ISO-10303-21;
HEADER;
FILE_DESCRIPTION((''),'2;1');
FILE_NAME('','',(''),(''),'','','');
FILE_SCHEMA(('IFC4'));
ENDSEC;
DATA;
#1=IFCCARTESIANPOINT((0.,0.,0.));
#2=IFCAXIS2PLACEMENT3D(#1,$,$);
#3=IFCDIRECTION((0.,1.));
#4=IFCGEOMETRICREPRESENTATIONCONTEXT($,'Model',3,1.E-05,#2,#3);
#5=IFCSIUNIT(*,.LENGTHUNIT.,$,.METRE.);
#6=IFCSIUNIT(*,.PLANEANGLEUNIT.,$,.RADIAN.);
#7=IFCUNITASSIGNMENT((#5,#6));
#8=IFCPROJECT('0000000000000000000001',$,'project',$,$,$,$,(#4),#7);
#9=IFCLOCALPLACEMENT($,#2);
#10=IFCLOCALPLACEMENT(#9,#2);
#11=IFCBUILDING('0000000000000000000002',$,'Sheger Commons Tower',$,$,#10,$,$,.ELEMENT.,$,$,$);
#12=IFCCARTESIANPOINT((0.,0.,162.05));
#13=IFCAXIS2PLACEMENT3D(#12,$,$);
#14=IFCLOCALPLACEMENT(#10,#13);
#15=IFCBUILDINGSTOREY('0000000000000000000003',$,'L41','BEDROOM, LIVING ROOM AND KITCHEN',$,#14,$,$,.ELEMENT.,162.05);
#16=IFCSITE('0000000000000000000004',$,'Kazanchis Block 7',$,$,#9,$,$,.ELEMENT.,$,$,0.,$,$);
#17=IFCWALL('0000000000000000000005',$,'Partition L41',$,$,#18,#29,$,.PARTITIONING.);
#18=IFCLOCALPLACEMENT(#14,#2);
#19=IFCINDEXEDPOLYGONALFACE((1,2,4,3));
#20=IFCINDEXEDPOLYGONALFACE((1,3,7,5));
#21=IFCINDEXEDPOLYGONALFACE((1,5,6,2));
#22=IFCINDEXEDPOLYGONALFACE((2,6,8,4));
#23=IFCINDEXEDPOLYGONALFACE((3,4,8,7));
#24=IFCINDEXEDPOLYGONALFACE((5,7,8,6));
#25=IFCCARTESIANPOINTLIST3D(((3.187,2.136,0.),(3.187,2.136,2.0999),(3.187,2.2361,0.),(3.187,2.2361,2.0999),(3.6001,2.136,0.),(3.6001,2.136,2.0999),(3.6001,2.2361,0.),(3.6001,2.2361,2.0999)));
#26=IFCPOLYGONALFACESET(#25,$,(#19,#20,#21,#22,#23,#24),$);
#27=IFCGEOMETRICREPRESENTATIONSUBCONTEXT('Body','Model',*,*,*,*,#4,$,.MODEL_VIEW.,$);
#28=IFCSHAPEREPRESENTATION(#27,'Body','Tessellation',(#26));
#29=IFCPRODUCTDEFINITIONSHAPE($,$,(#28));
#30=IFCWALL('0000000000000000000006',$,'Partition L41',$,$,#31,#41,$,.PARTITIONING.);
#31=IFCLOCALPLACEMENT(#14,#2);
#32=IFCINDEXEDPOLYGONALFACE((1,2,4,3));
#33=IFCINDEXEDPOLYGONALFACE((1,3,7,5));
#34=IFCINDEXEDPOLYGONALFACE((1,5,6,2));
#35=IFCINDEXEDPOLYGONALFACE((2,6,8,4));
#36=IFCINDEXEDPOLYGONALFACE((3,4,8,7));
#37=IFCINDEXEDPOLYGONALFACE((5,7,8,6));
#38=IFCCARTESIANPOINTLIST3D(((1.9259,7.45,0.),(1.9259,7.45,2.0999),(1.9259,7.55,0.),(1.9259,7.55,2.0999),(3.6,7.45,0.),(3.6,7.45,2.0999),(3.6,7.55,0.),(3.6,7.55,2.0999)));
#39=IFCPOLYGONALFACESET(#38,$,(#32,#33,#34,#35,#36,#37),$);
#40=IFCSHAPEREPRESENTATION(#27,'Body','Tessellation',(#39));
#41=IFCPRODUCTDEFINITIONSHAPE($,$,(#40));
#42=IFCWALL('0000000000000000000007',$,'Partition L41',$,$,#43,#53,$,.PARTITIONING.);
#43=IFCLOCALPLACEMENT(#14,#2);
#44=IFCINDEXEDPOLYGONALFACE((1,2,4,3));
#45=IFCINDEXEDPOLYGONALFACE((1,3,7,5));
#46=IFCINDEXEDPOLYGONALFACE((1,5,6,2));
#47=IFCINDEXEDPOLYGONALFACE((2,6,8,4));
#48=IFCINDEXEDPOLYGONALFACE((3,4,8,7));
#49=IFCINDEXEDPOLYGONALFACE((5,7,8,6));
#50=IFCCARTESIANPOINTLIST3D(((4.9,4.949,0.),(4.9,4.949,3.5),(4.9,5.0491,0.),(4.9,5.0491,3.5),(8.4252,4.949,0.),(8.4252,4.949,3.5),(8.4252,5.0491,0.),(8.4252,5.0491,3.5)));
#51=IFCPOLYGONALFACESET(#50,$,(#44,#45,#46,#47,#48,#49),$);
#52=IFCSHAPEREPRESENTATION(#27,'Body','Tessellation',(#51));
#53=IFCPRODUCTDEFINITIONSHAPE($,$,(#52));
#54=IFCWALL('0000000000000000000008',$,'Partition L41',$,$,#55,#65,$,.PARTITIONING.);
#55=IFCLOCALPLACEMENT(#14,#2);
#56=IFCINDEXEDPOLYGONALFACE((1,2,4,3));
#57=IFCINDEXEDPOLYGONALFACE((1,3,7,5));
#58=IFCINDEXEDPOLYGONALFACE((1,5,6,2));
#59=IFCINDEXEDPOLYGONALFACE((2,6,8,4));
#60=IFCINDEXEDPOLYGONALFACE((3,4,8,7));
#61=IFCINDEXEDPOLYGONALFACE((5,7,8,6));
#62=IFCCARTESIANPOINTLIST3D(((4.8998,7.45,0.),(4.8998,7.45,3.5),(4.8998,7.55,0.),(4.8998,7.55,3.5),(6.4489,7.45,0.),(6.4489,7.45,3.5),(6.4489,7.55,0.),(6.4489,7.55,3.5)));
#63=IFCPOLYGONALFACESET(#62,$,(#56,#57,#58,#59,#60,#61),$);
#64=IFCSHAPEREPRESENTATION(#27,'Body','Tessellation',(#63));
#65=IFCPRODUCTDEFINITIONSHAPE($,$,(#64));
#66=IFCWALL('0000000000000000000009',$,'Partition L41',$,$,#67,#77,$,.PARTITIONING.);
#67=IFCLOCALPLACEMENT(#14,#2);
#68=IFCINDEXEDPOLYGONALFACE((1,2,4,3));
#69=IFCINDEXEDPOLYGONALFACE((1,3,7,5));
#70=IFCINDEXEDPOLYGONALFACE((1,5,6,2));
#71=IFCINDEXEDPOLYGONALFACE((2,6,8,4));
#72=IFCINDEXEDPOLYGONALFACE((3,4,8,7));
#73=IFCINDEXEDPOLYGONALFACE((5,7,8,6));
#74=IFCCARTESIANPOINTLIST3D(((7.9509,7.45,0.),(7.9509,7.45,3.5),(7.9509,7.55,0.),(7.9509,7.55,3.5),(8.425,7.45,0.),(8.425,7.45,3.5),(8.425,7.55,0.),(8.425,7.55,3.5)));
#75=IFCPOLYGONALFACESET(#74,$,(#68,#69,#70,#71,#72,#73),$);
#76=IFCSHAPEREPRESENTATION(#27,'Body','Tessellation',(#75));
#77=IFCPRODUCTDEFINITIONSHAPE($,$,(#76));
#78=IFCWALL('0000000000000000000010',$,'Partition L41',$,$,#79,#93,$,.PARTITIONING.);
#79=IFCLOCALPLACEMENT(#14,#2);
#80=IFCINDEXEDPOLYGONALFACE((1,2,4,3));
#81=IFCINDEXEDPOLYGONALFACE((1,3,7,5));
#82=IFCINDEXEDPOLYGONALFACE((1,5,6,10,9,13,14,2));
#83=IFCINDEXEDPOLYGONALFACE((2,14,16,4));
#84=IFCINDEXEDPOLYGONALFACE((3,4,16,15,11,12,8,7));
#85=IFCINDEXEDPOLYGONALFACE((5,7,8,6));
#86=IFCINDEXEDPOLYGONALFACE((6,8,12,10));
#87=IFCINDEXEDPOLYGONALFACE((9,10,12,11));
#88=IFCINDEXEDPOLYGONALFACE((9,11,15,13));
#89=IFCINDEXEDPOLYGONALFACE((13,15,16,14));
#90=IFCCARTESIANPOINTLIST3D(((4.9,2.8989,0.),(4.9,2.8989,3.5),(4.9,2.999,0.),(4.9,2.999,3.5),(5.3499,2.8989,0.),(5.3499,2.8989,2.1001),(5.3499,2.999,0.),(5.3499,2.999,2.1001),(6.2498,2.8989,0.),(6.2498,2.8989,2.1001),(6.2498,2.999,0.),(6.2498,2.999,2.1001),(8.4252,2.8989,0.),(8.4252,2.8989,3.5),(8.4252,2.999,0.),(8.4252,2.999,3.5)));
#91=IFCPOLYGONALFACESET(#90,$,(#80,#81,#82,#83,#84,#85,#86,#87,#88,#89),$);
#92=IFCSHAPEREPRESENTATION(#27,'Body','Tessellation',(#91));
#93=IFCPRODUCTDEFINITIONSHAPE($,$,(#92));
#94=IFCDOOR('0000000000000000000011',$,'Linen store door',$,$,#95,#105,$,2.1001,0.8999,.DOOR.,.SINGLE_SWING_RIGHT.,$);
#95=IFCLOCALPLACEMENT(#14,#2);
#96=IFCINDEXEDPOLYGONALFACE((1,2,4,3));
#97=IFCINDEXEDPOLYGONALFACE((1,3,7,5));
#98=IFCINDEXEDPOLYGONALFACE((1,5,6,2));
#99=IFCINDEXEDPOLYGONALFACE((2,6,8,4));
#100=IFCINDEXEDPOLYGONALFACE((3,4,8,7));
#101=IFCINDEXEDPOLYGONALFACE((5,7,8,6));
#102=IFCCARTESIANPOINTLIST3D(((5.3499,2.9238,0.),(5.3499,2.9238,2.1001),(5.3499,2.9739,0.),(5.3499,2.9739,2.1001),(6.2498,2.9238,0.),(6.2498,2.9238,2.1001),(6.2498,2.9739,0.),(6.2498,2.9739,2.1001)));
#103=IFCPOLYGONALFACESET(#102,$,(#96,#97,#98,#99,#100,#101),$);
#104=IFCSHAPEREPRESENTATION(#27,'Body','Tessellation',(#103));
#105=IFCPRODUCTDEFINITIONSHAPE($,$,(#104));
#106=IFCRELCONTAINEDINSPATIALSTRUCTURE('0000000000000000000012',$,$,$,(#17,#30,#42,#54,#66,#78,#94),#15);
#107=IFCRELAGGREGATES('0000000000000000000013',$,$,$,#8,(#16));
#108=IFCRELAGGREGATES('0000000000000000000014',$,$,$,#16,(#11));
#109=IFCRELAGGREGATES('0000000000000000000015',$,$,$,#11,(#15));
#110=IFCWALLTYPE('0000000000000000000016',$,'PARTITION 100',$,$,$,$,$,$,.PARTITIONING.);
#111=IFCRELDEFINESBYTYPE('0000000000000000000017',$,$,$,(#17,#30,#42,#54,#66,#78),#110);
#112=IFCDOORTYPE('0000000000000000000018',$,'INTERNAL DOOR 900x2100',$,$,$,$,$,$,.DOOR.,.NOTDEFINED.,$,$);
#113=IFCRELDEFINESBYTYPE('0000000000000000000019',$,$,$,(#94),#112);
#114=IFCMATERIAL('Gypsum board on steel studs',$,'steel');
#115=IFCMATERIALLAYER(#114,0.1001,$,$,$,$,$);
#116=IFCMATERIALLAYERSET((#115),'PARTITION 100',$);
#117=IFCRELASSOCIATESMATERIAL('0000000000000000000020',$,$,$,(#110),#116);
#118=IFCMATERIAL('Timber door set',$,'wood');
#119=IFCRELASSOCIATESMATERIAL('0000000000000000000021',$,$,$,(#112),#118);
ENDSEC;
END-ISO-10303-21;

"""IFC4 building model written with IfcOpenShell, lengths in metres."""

from ifc_helpers import new_model, si_unit, direction, frame, frame_2d, origin, place, context, subcontext, project, spatial, rectangle, extrude, material, layer, layer_set, type_object, element, fill, save


model = new_model("IFC4")

# Units and contexts
model_context = context("Model", 3, precision=1e-05, world=origin(), true_north=direction((0.0, 1.0)))
body_context = subcontext(model_context, "Body", "Model", "MODEL_VIEW")
ifc_project = project(units=[si_unit("LENGTHUNIT", "METRE"), si_unit("PLANEANGLEUNIT", "RADIAN")], contexts=[model_context])

# Site, building, storey
site_placement = place(None, origin())
site = spatial("IfcSite", under=ifc_project, at=site_placement, Name="Kazanchis Block 7", CompositionType="ELEMENT", RefElevation=0.0)
building_placement = place(site_placement, origin())
building = spatial("IfcBuilding", under=site, at=building_placement, Name="Sheger Commons Tower", CompositionType="ELEMENT")
storey_placement = place(building_placement, frame((0.0, 0.0, 162.05)))
storey = spatial("IfcBuildingStorey", under=building, at=storey_placement, Name="L41", Description="BEDROOM, LIVING ROOM AND KITCHEN", CompositionType="ELEMENT", Elevation=162.05)

# Shared definitions
ifc_material_1 = material(Name="Gypsum board on steel studs", Category="steel")
ifc_layer_1 = layer(ifc_material_1, 0.1001)
ifc_layer_set_1 = layer_set([ifc_layer_1], Name="PARTITION 100")
wall_type_1 = type_object("IfcWallType", Name="PARTITION 100", PredefinedType="PARTITIONING", material=ifc_layer_set_1)
ifc_material_2 = material(Name="Timber door set", Category="wood")
door_type = type_object("IfcDoorType", Name="INTERNAL DOOR 900x2100", OperationType="NOTDEFINED", PredefinedType="DOOR", material=ifc_material_2)

# Walls
wall_1_placement = place(storey_placement, frame((3.187, 2.186, 0.0), z_axis=(0.0, 0.0, 1.0), x_axis=(1.0, 0.0, 0.0)))
element("IfcWall", 1, at=wall_1_placement, inside=storey, type_object=wall_type_1, Name="Partition L41", PredefinedType="PARTITIONING", context=body_context, shape_type="SweptSolid", body=[
    extrude(rectangle(XDim=0.4131, YDim=0.1001, at=frame_2d((0.2065, 0.0))), origin(), (0.0, 0.0, 1.0), 2.0999),
])
wall_2_placement = place(storey_placement, frame((1.926, 7.5, 0.0), z_axis=(0.0, 0.0, 1.0), x_axis=(1.0, 0.0, 0.0)))
element("IfcWall", 2, at=wall_2_placement, inside=storey, type_object=wall_type_1, Name="Partition L41", PredefinedType="PARTITIONING", context=body_context, shape_type="SweptSolid", body=[
    extrude(rectangle(XDim=1.6741, YDim=0.1001, at=frame_2d((0.8369, 0.0))), origin(), (0.0, 0.0, 1.0), 2.0999),
])
wall_3_placement = place(storey_placement, frame((4.8999, 4.999, 0.0), z_axis=(0.0, 0.0, 1.0), x_axis=(1.0, 0.0, 0.0)))
element("IfcWall", 3, at=wall_3_placement, inside=storey, type_object=wall_type_1, Name="Partition L41", PredefinedType="PARTITIONING", context=body_context, shape_type="SweptSolid", body=[
    extrude(rectangle(XDim=3.5251, YDim=0.1001, at=frame_2d((1.7627, 0.0))), origin(), (0.0, 0.0, 1.0), 3.5),
])
wall_4_placement = place(storey_placement, frame((4.8999, 7.5, 0.0), z_axis=(0.0, 0.0, 1.0), x_axis=(1.0, 0.0, 0.0)))
element("IfcWall", 4, at=wall_4_placement, inside=storey, type_object=wall_type_1, Name="Partition L41", PredefinedType="PARTITIONING", context=body_context, shape_type="SweptSolid", body=[
    extrude(rectangle(XDim=1.5491, YDim=0.1001, at=frame_2d((0.7744, 0.0))), origin(), (0.0, 0.0, 1.0), 3.5),
])
wall_5_placement = place(storey_placement, frame((7.9509, 7.5, 0.0), z_axis=(0.0, 0.0, 1.0), x_axis=(1.0, 0.0, 0.0)))
element("IfcWall", 5, at=wall_5_placement, inside=storey, type_object=wall_type_1, Name="Partition L41", PredefinedType="PARTITIONING", context=body_context, shape_type="SweptSolid", body=[
    extrude(rectangle(XDim=0.4741, YDim=0.1001, at=frame_2d((0.2371, 0.0))), origin(), (0.0, 0.0, 1.0), 3.5),
])

# Wall, opening, door
wall_6_placement = place(storey_placement, frame((4.8999, 2.949, 0.0), z_axis=(0.0, 0.0, 1.0), x_axis=(1.0, 0.0, 0.0)))
wall_6 = element("IfcWall", 6, at=wall_6_placement, inside=storey, type_object=wall_type_1, Name="Partition L41", PredefinedType="PARTITIONING", context=body_context, shape_type="SweptSolid", body=[
    extrude(rectangle(XDim=3.5251, YDim=0.1001, at=frame_2d((1.7627, 0.0))), origin(), (0.0, 0.0, 1.0), 3.5),
])
opening_1_placement = place(wall_6_placement, frame((0.45, 0.0, 0.0)))
opening_1 = element("IfcOpeningElement", 7, at=opening_1_placement, cuts=wall_6, PredefinedType="OPENING", context=body_context, shape_type="SweptSolid", body=[
    extrude(rectangle(XDim=0.8999, YDim=2.1001, at=frame_2d((0.45, 1.05))), frame((0.0, 0.0601, 0.0), z_axis=(0.0, -1.0, 0.0), x_axis=(1.0, 0.0, 0.0)), (0.0, 0.0, 1.0), 0.1201),
])
door_1_placement = place(opening_1_placement, origin())
door_1 = element("IfcDoor", 8, at=door_1_placement, inside=storey, type_object=door_type, Name="Linen store door", OperationType="SINGLE_SWING_RIGHT", OverallHeight=2.1001, OverallWidth=0.8999, PredefinedType="DOOR", context=body_context, shape_type="SweptSolid", body=[
    extrude(rectangle(XDim=0.8999, YDim=2.1001, at=frame_2d((0.45, 1.05))), frame((0.0, 0.0249, 0.0), z_axis=(0.0, -1.0, 0.0), x_axis=(1.0, 0.0, 0.0)), (0.0, 0.0, 1.0), 0.05),
])
fill(opening_1, door_1)

save(model, "model.ifc")
